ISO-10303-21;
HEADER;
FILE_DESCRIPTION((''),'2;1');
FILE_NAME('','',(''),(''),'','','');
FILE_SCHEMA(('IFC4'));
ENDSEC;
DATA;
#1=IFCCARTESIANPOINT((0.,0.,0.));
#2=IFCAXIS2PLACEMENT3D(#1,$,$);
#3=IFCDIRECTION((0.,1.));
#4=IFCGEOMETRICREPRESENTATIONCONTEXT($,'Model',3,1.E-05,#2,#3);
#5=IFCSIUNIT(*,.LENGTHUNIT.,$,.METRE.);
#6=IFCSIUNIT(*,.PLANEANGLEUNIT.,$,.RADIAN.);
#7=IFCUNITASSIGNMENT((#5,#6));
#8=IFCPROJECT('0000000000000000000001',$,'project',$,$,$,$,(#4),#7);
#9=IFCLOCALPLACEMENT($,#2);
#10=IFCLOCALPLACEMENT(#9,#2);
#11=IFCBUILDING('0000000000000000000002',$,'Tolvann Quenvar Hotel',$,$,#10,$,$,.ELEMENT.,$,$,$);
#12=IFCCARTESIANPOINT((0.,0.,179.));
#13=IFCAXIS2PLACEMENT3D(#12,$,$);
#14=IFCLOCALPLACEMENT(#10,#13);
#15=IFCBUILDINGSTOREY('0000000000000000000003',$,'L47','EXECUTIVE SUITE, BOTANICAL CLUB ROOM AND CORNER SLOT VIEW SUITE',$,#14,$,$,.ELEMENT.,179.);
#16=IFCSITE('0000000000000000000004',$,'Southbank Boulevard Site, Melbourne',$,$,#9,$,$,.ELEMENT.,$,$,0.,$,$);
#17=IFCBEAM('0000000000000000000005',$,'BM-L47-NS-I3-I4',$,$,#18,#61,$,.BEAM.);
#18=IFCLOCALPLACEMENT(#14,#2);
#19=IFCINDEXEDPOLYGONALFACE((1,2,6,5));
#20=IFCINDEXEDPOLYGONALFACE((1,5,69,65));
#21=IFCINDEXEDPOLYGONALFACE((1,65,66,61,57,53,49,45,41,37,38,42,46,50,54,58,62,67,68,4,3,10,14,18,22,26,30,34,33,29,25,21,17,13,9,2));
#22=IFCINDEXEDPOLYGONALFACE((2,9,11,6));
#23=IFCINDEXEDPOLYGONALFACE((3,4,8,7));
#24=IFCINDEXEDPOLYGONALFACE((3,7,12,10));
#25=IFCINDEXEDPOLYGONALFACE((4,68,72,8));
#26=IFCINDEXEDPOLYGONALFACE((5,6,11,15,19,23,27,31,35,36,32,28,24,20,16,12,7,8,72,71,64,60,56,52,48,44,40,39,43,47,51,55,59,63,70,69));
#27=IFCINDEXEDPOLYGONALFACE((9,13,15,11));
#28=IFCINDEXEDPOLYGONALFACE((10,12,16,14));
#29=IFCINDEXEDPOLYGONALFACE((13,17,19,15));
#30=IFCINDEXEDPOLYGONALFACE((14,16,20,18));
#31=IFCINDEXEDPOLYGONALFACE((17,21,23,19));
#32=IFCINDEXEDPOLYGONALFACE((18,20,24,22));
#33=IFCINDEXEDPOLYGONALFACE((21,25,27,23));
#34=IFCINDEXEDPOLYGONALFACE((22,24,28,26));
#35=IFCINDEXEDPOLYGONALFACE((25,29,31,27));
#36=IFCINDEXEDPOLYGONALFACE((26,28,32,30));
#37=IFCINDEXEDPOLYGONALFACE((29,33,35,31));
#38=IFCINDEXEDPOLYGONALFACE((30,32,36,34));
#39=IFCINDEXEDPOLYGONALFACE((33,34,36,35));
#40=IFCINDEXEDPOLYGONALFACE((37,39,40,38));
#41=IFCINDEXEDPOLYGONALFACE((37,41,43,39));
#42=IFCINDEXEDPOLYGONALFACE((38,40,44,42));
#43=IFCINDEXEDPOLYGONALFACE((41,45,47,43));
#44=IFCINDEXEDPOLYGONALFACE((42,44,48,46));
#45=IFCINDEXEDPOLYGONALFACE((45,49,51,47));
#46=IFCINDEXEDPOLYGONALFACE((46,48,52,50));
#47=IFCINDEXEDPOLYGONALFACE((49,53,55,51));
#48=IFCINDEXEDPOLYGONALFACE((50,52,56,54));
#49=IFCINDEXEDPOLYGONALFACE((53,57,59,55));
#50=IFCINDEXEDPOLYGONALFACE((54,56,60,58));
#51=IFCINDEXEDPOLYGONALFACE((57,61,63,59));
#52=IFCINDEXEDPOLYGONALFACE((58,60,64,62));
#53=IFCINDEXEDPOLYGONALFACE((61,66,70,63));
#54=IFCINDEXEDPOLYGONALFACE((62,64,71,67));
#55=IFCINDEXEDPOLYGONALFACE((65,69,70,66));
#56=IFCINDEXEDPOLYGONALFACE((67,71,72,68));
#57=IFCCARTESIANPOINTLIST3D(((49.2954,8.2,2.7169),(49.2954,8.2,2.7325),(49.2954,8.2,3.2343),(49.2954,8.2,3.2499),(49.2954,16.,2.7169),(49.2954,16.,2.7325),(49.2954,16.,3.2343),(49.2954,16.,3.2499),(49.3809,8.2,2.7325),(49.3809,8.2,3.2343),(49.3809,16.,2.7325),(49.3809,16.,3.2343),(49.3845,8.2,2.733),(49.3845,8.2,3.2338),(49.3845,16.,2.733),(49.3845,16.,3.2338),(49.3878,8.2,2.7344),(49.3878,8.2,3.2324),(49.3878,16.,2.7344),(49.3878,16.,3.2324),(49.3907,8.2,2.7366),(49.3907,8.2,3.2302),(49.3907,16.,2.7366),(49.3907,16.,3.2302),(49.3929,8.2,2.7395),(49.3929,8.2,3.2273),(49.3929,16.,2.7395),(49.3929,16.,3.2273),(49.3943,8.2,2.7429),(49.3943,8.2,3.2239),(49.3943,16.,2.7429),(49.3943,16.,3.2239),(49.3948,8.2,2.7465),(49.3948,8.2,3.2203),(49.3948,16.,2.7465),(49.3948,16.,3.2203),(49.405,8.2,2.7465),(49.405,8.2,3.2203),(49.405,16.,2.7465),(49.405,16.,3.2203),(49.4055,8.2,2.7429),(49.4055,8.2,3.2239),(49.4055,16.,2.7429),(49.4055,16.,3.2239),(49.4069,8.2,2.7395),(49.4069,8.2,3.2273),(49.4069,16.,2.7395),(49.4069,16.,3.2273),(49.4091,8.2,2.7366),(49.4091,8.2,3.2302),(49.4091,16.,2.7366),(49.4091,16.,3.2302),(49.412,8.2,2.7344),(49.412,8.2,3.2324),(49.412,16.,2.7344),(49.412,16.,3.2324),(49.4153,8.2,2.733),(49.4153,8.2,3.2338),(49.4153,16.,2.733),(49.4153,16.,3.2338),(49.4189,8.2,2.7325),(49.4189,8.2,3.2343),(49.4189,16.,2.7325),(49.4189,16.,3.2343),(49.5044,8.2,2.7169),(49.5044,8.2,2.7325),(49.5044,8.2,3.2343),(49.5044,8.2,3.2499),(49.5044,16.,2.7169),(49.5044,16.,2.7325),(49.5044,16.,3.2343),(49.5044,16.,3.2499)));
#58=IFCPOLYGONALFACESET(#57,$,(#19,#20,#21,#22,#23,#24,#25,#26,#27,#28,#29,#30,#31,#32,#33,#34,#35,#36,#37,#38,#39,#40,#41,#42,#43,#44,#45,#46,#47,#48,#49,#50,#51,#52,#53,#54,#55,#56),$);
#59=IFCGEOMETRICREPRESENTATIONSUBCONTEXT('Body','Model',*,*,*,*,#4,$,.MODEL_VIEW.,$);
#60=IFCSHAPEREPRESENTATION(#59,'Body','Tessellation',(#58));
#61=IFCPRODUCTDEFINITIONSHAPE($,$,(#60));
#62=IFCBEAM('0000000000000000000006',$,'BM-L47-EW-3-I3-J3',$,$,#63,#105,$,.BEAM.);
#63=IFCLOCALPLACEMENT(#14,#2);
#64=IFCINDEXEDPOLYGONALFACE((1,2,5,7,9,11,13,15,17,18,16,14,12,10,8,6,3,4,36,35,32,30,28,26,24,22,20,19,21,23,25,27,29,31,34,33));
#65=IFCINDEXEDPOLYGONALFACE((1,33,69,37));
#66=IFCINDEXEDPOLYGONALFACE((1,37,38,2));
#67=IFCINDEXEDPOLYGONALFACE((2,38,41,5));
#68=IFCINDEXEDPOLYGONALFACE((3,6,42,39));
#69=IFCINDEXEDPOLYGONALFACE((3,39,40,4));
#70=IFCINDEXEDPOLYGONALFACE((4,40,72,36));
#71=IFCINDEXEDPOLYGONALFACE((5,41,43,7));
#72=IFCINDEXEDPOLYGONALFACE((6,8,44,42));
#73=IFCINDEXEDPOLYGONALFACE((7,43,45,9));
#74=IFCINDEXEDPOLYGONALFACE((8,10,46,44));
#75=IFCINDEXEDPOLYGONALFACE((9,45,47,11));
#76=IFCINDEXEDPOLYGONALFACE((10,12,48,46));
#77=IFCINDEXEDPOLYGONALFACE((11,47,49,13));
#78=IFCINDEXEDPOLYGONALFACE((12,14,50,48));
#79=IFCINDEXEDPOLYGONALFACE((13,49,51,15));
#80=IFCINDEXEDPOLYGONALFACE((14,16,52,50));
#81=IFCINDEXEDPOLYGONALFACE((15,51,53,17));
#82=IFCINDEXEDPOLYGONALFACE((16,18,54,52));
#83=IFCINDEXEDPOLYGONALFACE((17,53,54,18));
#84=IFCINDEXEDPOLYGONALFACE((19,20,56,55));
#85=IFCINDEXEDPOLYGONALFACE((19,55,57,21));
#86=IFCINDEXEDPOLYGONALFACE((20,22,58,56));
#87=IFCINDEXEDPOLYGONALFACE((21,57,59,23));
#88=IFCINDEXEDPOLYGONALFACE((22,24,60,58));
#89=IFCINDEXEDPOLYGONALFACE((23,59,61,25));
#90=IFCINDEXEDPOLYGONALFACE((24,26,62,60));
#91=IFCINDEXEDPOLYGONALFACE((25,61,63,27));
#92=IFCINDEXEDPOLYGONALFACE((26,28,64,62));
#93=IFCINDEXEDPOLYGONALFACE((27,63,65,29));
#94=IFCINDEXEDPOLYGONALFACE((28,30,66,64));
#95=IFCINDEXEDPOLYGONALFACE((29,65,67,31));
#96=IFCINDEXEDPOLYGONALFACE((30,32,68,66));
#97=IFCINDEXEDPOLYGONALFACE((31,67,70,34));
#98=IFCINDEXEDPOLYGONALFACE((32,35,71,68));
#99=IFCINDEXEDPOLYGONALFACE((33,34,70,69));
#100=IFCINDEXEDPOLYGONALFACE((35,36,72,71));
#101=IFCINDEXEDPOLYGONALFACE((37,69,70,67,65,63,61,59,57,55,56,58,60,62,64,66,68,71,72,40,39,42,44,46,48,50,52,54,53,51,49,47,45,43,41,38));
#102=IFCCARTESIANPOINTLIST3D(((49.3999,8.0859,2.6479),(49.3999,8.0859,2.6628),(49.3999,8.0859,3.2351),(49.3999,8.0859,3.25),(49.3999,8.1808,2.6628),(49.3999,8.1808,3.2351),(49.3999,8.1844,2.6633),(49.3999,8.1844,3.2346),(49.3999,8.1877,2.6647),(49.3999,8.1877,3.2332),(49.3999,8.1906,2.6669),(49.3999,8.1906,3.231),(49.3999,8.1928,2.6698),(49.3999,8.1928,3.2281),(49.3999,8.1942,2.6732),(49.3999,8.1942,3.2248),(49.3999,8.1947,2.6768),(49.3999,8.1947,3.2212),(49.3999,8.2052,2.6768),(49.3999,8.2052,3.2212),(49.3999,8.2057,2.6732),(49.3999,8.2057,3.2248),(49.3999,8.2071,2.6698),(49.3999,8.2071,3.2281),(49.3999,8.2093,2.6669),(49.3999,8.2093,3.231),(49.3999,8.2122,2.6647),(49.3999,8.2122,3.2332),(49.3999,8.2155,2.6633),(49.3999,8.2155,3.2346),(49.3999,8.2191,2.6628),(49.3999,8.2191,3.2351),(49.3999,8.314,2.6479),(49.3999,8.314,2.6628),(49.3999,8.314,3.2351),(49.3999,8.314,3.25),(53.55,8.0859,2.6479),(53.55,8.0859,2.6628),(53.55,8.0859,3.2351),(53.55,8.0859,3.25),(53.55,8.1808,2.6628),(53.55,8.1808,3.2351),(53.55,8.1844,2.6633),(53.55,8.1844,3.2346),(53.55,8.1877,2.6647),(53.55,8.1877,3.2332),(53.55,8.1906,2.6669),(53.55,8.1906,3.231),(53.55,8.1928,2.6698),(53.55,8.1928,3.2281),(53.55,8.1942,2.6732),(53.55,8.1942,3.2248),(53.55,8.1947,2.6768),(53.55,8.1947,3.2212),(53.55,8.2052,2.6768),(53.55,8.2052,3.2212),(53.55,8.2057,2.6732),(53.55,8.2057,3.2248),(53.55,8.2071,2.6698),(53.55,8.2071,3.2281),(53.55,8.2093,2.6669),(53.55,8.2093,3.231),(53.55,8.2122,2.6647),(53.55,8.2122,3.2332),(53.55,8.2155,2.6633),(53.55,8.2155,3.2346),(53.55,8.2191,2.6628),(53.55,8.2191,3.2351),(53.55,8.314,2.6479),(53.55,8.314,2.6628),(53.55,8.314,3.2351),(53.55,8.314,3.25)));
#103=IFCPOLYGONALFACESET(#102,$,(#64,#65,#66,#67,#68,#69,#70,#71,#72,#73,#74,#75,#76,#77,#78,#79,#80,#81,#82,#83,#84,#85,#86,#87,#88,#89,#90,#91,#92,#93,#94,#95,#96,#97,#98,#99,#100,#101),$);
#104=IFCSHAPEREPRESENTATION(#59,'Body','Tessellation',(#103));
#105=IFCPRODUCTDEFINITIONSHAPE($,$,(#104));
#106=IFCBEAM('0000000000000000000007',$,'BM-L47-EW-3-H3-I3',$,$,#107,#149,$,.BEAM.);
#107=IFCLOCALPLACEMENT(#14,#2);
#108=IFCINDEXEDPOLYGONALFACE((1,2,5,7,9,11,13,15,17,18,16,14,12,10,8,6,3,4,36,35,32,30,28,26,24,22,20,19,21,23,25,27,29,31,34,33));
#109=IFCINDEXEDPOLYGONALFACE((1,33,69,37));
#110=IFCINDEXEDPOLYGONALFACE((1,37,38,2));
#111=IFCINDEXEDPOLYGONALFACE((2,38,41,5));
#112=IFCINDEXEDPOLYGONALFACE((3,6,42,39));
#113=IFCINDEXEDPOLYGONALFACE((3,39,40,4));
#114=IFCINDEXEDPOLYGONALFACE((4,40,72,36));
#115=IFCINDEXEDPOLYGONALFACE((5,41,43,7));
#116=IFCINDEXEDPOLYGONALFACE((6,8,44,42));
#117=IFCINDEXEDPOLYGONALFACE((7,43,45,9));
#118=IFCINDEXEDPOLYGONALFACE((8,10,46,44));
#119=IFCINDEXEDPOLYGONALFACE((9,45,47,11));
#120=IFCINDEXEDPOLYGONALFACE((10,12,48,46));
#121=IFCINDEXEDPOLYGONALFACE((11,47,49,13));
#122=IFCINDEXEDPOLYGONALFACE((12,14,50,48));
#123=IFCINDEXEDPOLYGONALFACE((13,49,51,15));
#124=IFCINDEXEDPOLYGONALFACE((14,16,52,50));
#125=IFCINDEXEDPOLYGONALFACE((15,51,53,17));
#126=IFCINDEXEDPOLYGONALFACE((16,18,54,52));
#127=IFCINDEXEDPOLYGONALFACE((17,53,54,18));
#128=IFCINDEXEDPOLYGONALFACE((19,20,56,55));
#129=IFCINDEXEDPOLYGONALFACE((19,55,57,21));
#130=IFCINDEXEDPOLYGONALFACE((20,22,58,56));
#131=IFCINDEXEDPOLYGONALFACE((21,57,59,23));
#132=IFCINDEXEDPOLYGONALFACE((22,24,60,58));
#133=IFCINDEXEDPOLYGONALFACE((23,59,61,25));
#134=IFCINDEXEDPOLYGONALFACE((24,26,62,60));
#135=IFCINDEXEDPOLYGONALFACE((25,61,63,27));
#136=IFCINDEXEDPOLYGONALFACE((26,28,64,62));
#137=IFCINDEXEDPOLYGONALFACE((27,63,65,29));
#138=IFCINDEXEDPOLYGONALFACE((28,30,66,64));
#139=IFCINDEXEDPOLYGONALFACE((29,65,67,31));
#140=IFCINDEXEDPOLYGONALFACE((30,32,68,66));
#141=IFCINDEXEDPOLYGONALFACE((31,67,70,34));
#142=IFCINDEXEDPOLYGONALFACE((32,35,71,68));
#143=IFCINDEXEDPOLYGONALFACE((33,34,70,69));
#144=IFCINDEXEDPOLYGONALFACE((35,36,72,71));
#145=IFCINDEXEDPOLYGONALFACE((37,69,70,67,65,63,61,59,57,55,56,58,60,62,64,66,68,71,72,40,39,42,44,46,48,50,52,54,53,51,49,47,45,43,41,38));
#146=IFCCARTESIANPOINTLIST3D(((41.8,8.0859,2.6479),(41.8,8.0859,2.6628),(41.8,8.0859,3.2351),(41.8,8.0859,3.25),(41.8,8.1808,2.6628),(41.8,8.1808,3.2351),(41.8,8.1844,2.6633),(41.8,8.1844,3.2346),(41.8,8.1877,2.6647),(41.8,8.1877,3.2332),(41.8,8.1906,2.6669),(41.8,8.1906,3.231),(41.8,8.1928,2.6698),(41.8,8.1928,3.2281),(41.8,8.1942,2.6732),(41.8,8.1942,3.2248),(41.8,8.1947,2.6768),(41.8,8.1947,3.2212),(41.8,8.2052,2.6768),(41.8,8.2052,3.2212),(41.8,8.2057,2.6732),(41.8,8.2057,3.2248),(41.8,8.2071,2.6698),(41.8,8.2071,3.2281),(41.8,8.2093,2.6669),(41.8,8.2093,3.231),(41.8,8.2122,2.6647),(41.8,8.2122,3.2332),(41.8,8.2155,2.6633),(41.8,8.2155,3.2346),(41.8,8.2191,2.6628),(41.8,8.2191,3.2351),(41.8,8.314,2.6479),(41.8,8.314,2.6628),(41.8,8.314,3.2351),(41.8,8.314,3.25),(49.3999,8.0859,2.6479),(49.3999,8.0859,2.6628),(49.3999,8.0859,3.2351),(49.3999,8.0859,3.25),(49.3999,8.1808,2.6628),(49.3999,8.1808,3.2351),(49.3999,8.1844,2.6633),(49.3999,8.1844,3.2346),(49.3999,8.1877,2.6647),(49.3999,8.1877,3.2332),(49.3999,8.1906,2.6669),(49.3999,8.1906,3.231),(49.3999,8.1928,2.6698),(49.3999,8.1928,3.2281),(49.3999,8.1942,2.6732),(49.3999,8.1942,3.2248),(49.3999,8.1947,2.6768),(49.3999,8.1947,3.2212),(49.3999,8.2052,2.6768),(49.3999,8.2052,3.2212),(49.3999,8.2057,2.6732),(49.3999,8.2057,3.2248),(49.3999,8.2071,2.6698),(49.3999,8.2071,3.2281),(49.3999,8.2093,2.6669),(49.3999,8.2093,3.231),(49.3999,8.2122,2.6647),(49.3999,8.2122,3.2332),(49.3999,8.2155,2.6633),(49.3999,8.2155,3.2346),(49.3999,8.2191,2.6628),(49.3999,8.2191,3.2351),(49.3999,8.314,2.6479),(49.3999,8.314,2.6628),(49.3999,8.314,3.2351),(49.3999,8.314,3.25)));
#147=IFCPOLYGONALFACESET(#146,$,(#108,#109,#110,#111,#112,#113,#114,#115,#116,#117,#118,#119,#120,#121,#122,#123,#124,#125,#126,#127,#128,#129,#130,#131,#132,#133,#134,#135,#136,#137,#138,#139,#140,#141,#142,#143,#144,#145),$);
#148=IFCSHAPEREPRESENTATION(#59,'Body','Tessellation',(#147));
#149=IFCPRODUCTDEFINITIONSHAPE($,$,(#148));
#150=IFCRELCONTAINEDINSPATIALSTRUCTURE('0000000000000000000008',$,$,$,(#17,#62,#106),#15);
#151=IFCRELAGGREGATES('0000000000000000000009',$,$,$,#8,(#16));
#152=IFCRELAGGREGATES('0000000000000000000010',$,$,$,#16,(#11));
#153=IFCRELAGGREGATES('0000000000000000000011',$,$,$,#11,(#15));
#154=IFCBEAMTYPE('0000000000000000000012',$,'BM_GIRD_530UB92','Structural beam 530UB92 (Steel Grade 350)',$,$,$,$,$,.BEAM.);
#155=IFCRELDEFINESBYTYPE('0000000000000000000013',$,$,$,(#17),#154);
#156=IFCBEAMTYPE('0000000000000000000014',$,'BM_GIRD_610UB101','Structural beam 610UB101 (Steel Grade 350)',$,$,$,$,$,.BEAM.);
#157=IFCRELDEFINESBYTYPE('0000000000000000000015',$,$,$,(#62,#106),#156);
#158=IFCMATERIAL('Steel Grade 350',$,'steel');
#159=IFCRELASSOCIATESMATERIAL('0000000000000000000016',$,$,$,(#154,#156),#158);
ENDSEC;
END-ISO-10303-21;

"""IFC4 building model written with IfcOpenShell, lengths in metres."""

from ifc_helpers import new_model, si_unit, direction, frame, origin, origin_2d, place, context, subcontext, project, spatial, i_section, extrude, source, transform, mapped, material, material_profile, profile_set, type_object, type_shapes, element, save


model = new_model("IFC4")

# Units and contexts
model_context = context("Model", 3, precision=1e-05, world=origin(), true_north=direction((0.0, 1.0)))
body_context = subcontext(model_context, "Body", "Model", "MODEL_VIEW")
ifc_project = project(units=[si_unit("LENGTHUNIT", "METRE"), si_unit("PLANEANGLEUNIT", "RADIAN")], contexts=[model_context])

# Site, building, storey
site_placement = place(None, origin())
site = spatial("IfcSite", under=ifc_project, at=site_placement, Name="Southbank Boulevard Site, Melbourne", CompositionType="ELEMENT", RefElevation=0.0)
building_placement = place(site_placement, origin())
building = spatial("IfcBuilding", under=site, at=building_placement, Name="Tolvann Quenvar Hotel", CompositionType="ELEMENT")
storey_placement = place(building_placement, frame((0.0, 0.0, 179.0)))
storey = spatial("IfcBuildingStorey", under=building, at=storey_placement, Name="L47", Description="EXECUTIVE SUITE, BOTANICAL CLUB ROOM AND CORNER SLOT VIEW SUITE", CompositionType="ELEMENT", Elevation=179.0)

# Shared definitions
ifc_material_1 = material(Name="Steel Grade 350", Category="steel")

# Beams
ifc_material_profile_1 = material_profile(ifc_material_1, i_section(OverallWidth=0.209, OverallDepth=0.533, WebThickness=0.0103, FlangeThickness=0.0156, FilletRadius=0.0139, at=origin_2d()), Name="530UB92")
ifc_profile_set_1 = profile_set([ifc_material_profile_1], Name="Steel Grade 350")
beam_type_1 = type_object("IfcBeamType", Name="BM_GIRD_530UB92", Description="Structural beam 530UB92 (Steel Grade 350)", PredefinedType="BEAM", material=ifc_profile_set_1)
shared_shape_1 = source(origin(), body_context, "Body", "SweptSolid", [
    extrude(i_section(OverallWidth=0.209, OverallDepth=0.533, WebThickness=0.0103, FlangeThickness=0.0156, FilletRadius=0.0139, at=origin_2d()), origin(), (0.0, 0.0, 1.0), 7.8),
])
type_shapes(beam_type_1, [shared_shape_1])
for number, where, z_axis, x_axis, name in (
    (1, (49.3999, 8.2, 2.9834), (0.0, 1.0, 0.0), (-1.0, 0.0, 0.0), "BM-L47-NS-I3-I4"),
):
    element("IfcBeam", number, at=place(storey_placement, frame(where, z_axis=z_axis, x_axis=x_axis)), inside=storey, type_object=beam_type_1, Name=name, PredefinedType="BEAM", context=body_context, shape_type="MappedRepresentation", body=[
        mapped(shared_shape_1, transform((0.0, 0.0, 0.0), x_axis=(1.0, 0.0, 0.0), y_axis=(0.0, 1.0, 0.0), z_axis=(0.0, 0.0, 1.0), scale=1.0)),
    ])
ifc_material_profile_2 = material_profile(ifc_material_1, i_section(OverallWidth=0.228, OverallDepth=0.6021, WebThickness=0.0105, FlangeThickness=0.0149, FilletRadius=0.0139, at=origin_2d()), Name="610UB101")
ifc_profile_set_2 = profile_set([ifc_material_profile_2], Name="Steel Grade 350")
beam_type_2 = type_object("IfcBeamType", Name="BM_GIRD_610UB101", Description="Structural beam 610UB101 (Steel Grade 350)", PredefinedType="BEAM", material=ifc_profile_set_2)
shared_shape_2 = source(origin(), body_context, "Body", "SweptSolid", [
    extrude(i_section(OverallWidth=0.228, OverallDepth=0.6021, WebThickness=0.0105, FlangeThickness=0.0149, FilletRadius=0.0139, at=origin_2d()), origin(), (0.0, 0.0, 1.0), 4.1501),
])
beam_1_placement = place(storey_placement, frame((49.3999, 8.2, 2.949), z_axis=(1.0, 0.0, 0.0), x_axis=(0.0, 1.0, 0.0)))
element("IfcBeam", 2, at=beam_1_placement, inside=storey, type_object=beam_type_2, Name="BM-L47-EW-3-I3-J3", PredefinedType="BEAM", context=body_context, shape_type="MappedRepresentation", body=[
    mapped(shared_shape_2, transform((0.0, 0.0, 0.0), x_axis=(1.0, 0.0, 0.0), y_axis=(0.0, 1.0, 0.0), z_axis=(0.0, 0.0, 1.0), scale=1.0)),
])
shared_shape_3 = source(origin(), body_context, "Body", "SweptSolid", [
    extrude(i_section(OverallWidth=0.228, OverallDepth=0.6021, WebThickness=0.0105, FlangeThickness=0.0149, FilletRadius=0.0139, at=origin_2d()), origin(), (0.0, 0.0, 1.0), 7.5999),
])
type_shapes(beam_type_2, [shared_shape_2, shared_shape_3])
beam_2_placement = place(storey_placement, frame((41.8, 8.2, 2.949), z_axis=(1.0, 0.0, 0.0), x_axis=(0.0, 1.0, 0.0)))
element("IfcBeam", 3, at=beam_2_placement, inside=storey, type_object=beam_type_2, Name="BM-L47-EW-3-H3-I3", PredefinedType="BEAM", context=body_context, shape_type="MappedRepresentation", body=[
    mapped(shared_shape_3, transform((0.0, 0.0, 0.0), x_axis=(1.0, 0.0, 0.0), y_axis=(0.0, 1.0, 0.0), z_axis=(0.0, 0.0, 1.0), scale=1.0)),
])

save(model, "model.ifc")
